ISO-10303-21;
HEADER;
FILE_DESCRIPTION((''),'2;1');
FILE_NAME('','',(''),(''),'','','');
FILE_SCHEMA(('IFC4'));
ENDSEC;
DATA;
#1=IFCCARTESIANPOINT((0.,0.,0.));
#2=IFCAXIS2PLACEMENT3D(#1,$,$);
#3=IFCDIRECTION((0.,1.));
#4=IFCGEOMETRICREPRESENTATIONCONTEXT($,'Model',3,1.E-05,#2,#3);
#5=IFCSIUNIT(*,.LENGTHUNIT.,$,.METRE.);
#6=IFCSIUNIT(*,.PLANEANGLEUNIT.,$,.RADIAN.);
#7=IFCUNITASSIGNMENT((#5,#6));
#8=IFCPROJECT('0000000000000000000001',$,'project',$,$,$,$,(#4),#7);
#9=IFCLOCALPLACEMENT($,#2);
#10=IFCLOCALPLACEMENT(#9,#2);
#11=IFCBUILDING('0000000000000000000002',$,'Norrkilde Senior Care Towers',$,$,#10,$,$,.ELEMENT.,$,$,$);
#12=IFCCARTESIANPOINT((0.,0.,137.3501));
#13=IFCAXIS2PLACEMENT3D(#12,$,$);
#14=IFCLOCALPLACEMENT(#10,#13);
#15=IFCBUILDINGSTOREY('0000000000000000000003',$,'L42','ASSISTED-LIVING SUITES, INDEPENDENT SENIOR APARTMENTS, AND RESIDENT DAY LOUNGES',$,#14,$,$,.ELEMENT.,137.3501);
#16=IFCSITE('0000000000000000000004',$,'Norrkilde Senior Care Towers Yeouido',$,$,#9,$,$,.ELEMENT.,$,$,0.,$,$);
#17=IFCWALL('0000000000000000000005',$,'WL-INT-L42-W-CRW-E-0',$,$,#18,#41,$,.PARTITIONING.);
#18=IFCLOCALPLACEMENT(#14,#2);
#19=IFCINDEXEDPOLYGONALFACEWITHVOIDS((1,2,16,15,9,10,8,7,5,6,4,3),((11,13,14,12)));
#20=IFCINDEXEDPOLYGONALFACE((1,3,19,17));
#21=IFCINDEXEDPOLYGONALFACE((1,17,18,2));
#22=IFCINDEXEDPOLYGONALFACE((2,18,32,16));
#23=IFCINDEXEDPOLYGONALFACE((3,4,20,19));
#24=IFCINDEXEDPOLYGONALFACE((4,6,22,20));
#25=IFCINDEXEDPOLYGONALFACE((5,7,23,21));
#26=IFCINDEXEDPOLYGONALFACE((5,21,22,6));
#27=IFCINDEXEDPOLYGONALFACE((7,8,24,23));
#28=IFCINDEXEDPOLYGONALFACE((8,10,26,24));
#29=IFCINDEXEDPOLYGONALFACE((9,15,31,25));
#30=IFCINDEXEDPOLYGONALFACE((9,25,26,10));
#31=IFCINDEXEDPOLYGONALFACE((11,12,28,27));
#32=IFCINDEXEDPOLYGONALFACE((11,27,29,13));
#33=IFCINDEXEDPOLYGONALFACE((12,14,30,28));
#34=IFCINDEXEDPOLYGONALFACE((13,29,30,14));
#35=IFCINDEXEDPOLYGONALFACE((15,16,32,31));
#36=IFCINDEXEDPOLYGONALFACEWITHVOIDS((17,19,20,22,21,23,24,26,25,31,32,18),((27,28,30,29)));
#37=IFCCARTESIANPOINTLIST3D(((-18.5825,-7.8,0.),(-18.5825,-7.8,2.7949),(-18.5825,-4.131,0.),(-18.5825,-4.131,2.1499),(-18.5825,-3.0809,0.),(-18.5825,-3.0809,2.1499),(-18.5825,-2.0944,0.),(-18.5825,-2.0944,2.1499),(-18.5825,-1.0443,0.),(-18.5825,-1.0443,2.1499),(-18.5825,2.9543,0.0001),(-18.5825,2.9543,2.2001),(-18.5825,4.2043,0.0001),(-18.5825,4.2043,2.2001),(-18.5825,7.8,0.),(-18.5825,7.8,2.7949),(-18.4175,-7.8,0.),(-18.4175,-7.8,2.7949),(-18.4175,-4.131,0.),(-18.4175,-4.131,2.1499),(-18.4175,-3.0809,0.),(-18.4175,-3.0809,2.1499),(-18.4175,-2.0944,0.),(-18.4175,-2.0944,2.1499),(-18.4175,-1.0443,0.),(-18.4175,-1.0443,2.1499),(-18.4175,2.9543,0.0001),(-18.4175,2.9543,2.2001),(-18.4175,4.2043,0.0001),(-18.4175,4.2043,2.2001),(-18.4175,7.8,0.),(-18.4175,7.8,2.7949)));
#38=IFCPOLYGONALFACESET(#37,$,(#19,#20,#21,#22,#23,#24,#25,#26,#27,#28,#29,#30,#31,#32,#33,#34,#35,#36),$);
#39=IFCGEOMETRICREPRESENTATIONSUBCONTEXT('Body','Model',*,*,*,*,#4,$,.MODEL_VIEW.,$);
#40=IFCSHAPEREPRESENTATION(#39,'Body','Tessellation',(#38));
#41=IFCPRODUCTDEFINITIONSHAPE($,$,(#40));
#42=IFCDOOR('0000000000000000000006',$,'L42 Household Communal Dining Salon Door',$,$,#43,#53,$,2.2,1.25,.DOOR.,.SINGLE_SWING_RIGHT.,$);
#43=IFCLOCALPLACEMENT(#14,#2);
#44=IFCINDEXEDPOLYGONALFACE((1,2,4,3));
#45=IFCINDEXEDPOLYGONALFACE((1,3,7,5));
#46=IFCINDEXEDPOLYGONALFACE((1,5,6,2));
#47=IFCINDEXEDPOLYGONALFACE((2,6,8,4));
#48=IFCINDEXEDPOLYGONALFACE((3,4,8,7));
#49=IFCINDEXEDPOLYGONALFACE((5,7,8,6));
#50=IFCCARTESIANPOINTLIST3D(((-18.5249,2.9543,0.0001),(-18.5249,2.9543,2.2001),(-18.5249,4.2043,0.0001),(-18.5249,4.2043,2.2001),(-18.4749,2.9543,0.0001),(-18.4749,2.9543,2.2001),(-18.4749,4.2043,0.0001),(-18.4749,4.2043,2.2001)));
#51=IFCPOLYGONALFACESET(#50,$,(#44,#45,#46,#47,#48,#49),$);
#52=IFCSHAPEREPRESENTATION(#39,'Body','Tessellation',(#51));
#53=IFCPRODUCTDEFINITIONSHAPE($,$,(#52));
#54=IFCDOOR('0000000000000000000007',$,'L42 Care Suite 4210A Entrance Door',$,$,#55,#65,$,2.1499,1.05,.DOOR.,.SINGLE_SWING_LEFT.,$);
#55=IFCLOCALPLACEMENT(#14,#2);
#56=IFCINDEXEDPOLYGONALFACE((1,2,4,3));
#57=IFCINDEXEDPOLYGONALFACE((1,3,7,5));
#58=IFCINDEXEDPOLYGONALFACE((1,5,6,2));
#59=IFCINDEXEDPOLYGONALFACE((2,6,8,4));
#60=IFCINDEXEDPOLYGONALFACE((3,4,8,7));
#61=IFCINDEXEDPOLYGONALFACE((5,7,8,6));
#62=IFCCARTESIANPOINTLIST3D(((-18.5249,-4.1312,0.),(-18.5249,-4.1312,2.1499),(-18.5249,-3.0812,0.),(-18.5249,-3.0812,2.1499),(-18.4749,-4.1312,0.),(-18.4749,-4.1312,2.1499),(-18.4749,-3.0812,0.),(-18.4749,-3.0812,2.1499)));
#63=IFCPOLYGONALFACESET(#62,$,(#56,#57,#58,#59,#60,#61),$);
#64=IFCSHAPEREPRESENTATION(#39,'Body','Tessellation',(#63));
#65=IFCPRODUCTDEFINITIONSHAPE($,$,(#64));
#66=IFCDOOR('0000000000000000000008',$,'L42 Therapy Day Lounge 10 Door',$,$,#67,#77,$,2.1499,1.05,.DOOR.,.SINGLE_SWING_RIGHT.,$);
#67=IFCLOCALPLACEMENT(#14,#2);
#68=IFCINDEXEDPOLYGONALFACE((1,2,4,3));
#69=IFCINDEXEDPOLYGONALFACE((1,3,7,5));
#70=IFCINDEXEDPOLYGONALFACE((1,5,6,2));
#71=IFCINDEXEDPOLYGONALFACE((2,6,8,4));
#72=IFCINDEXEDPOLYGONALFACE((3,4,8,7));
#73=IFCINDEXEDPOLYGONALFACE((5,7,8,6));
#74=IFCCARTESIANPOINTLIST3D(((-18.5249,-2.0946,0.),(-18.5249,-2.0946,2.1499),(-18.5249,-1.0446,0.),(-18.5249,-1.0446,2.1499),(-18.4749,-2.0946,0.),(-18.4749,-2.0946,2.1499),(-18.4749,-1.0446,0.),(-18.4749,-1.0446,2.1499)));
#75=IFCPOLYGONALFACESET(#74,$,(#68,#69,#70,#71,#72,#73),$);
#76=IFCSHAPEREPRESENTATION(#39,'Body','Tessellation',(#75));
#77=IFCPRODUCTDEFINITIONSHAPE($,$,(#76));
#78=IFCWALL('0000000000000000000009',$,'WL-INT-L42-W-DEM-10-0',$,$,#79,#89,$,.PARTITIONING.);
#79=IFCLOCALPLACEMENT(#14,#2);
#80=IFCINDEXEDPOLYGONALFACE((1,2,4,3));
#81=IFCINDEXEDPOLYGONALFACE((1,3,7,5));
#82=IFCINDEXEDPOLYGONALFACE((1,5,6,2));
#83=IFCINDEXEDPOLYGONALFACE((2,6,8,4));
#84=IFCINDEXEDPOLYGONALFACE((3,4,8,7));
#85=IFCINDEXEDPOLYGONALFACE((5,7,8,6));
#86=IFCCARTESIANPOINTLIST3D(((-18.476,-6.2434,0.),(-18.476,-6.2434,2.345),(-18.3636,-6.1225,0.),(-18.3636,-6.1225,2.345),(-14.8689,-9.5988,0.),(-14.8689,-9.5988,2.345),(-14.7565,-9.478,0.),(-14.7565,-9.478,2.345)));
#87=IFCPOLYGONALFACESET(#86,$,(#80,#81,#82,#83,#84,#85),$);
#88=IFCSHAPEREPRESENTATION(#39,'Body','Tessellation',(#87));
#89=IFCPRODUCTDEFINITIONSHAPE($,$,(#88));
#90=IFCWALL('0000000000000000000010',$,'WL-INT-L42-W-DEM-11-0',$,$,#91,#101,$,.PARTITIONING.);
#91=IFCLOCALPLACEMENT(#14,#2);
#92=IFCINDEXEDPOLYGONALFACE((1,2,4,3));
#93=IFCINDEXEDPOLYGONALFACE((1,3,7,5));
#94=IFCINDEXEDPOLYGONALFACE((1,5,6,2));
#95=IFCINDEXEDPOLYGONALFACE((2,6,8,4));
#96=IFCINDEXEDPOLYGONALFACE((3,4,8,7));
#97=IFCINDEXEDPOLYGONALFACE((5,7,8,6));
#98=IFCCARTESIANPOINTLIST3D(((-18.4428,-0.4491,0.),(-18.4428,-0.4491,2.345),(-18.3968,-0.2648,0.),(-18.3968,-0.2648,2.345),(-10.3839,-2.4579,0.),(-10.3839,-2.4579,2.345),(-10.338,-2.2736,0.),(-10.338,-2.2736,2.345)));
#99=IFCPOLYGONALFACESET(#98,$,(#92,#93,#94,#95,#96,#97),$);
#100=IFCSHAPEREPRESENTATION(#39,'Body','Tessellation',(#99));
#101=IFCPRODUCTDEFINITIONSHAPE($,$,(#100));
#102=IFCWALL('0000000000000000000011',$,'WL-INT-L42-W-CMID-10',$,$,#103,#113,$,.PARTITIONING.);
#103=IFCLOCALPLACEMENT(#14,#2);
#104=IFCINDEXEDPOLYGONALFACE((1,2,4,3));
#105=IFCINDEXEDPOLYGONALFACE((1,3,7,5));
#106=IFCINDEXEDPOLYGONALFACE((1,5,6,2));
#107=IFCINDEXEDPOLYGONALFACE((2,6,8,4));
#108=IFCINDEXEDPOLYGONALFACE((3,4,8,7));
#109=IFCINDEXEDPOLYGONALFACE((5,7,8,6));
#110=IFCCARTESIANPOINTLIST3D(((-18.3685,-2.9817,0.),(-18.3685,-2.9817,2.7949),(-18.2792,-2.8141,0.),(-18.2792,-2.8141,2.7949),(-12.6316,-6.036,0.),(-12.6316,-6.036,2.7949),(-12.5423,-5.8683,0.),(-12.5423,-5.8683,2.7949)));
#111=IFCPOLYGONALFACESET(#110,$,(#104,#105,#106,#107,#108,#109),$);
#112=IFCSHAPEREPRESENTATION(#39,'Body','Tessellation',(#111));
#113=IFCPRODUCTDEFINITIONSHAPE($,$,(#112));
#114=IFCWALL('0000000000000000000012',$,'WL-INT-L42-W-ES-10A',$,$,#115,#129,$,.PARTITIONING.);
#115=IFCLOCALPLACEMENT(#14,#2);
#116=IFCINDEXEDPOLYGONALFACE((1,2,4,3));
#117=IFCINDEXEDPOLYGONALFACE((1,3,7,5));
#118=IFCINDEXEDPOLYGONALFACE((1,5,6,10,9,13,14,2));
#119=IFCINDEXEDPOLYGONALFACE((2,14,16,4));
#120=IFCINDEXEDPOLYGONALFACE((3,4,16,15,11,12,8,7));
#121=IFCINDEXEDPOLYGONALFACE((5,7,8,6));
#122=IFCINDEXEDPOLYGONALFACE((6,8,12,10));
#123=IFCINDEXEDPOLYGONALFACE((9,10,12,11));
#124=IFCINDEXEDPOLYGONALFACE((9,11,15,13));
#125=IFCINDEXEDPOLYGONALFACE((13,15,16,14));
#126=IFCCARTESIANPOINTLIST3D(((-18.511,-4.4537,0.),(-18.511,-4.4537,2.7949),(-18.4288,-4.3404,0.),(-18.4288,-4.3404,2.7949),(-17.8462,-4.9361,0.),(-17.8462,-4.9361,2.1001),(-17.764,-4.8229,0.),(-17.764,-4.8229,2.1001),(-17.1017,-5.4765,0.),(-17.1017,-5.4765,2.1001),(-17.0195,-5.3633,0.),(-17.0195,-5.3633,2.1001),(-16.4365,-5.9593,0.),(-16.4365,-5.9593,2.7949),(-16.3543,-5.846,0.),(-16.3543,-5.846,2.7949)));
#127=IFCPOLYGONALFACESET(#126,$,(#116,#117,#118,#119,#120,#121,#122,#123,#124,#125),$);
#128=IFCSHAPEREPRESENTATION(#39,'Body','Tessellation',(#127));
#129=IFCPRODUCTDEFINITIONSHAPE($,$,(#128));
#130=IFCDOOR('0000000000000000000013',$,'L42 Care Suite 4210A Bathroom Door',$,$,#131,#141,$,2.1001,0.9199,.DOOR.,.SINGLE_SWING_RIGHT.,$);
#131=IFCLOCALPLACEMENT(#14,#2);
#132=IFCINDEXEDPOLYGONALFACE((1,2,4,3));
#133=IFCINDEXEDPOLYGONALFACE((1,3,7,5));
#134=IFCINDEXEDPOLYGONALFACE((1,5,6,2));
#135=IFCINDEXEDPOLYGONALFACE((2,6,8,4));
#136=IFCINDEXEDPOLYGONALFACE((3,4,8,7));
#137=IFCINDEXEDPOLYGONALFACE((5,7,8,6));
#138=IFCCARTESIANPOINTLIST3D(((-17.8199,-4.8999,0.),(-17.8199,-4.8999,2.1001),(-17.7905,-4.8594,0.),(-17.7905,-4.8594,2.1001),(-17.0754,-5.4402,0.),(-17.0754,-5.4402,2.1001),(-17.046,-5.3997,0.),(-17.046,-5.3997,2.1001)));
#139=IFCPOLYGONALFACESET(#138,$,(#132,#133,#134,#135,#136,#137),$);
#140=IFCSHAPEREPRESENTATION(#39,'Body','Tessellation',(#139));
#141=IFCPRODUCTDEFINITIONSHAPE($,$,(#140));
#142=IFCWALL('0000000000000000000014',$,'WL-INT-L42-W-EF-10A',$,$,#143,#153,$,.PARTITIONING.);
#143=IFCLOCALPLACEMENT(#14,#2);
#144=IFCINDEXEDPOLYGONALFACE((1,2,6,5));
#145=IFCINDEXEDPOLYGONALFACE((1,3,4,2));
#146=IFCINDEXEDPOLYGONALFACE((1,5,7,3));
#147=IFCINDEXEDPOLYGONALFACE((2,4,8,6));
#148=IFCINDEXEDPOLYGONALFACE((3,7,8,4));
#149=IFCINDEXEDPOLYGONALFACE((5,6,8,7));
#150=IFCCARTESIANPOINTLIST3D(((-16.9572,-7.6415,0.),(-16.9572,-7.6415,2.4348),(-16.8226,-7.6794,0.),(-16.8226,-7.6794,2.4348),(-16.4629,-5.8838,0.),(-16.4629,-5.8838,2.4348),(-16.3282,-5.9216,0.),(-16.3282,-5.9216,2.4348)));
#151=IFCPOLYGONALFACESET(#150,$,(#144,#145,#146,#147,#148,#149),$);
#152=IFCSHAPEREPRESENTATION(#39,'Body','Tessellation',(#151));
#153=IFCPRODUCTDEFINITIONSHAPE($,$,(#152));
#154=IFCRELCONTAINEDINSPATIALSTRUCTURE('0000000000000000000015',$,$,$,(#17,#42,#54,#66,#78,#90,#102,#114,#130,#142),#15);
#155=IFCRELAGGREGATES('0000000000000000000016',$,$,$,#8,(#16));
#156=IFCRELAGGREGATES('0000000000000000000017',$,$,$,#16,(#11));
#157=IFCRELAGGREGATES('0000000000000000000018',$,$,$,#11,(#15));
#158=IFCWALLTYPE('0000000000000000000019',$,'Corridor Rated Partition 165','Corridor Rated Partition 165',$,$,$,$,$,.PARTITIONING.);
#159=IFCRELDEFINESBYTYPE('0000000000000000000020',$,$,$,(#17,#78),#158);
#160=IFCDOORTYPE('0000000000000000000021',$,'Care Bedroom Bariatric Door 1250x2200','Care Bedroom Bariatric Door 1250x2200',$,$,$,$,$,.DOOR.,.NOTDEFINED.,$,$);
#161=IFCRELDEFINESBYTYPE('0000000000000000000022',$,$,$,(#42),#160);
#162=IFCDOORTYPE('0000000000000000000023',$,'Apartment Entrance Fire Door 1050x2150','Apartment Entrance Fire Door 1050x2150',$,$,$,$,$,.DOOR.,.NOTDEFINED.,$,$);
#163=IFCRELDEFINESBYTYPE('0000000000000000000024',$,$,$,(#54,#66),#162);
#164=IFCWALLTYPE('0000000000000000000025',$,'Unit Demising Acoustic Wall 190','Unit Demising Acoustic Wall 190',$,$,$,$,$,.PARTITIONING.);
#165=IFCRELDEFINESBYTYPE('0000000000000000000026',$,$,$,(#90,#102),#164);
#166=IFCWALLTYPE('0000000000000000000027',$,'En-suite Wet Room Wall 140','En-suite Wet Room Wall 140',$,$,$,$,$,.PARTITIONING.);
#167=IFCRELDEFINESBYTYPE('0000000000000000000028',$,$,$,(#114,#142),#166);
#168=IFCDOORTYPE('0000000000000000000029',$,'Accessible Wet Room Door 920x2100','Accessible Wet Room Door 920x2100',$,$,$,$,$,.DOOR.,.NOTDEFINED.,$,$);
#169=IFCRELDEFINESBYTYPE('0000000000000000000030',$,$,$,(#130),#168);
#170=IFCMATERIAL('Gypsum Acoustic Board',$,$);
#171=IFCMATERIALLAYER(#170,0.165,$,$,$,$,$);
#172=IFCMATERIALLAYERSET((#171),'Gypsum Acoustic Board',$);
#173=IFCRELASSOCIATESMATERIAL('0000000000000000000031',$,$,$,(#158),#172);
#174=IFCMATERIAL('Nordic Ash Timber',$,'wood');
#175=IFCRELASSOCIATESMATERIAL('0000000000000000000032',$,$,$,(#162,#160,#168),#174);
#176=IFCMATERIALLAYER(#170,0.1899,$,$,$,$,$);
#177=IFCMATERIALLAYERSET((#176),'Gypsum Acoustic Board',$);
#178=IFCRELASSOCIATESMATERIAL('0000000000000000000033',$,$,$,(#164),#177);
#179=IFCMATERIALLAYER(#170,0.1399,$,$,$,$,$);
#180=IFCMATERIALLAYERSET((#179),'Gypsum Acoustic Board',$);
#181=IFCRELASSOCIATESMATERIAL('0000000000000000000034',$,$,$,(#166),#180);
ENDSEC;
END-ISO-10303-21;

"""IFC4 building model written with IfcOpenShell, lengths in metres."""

from ifc_helpers import new_model, si_unit, direction, frame, frame_2d, origin, place, context, subcontext, project, spatial, rectangle, extrude, source, transform, mapped, material, layer, layer_set, type_object, type_shapes, element, fill, save


model = new_model("IFC4")

# Units and contexts
model_context = context("Model", 3, precision=1e-05, world=origin(), true_north=direction((0.0, 1.0)))
body_context = subcontext(model_context, "Body", "Model", "MODEL_VIEW")
ifc_project = project(units=[si_unit("LENGTHUNIT", "METRE"), si_unit("PLANEANGLEUNIT", "RADIAN")], contexts=[model_context])

# Site, building, storey
site_placement = place(None, origin())
site = spatial("IfcSite", under=ifc_project, at=site_placement, Name="Norrkilde Senior Care Towers Yeouido", CompositionType="ELEMENT", RefElevation=0.0)
building_placement = place(site_placement, origin())
building = spatial("IfcBuilding", under=site, at=building_placement, Name="Norrkilde Senior Care Towers", CompositionType="ELEMENT")
storey_placement = place(building_placement, frame((0.0, 0.0, 137.3501)))
storey = spatial("IfcBuildingStorey", under=building, at=storey_placement, Name="L42", Description="ASSISTED-LIVING SUITES, INDEPENDENT SENIOR APARTMENTS, AND RESIDENT DAY LOUNGES", CompositionType="ELEMENT", Elevation=137.3501)

# Shared definitions
ifc_material_1 = material(Name="Gypsum Acoustic Board")
ifc_layer_1 = layer(ifc_material_1, 0.165)
ifc_layer_set_1 = layer_set([ifc_layer_1], Name="Gypsum Acoustic Board")
wall_type_1 = type_object("IfcWallType", Name="Corridor Rated Partition 165", Description="Corridor Rated Partition 165", PredefinedType="PARTITIONING", material=ifc_layer_set_1)
ifc_material_2 = material(Name="Nordic Ash Timber", Category="wood")
door_type_1 = type_object("IfcDoorType", Name="Apartment Entrance Fire Door 1050x2150", Description="Apartment Entrance Fire Door 1050x2150", OperationType="NOTDEFINED", PredefinedType="DOOR", material=ifc_material_2)
shared_shape_1 = source(origin(), body_context, "Body", "SweptSolid", [
    extrude(rectangle(XDim=1.05, YDim=2.1499, at=frame_2d((0.5249, 1.075))), frame((0.0, 0.0249, 0.0), z_axis=(0.0, -1.0, 0.0), x_axis=(1.0, 0.0, 0.0)), (0.0, 0.0, 1.0), 0.05),
])
type_shapes(door_type_1, [shared_shape_1])

# Wall, openings, doors
shared_shape_2 = source(origin(), body_context, "Body", "SweptSolid", [
    extrude(rectangle(XDim=15.6001, YDim=0.165, at=frame_2d((7.8, 0.0))), origin(), (0.0, 0.0, 1.0), 2.7949),
])
wall_1_placement = place(storey_placement, frame((-18.5, 7.8, 0.0), z_axis=(0.0, 0.0, 1.0), x_axis=(0.0, -1.0, 0.0)))
wall_1 = element("IfcWall", 1, at=wall_1_placement, inside=storey, type_object=wall_type_1, Name="WL-INT-L42-W-CRW-E-0", PredefinedType="PARTITIONING", context=body_context, shape_type="MappedRepresentation", body=[
    mapped(shared_shape_2, transform((0.0, 0.0, 0.0), x_axis=(1.0, 0.0, 0.0), y_axis=(0.0, 1.0, 0.0), z_axis=(0.0, 0.0, 1.0), scale=1.0)),
])
opening_1_placement = place(wall_1_placement, frame((10.8811, 0.0, 0.0)))
opening_1 = element("IfcOpeningElement", 2, at=opening_1_placement, cuts=wall_1, PredefinedType="OPENING", context=body_context, shape_type="SweptSolid", body=[
    extrude(rectangle(XDim=1.05, YDim=2.1499, at=frame_2d((0.5249, 1.075))), frame((0.0, 0.0925, 0.0), z_axis=(0.0, -1.0, 0.0), x_axis=(1.0, 0.0, 0.0)), (0.0, 0.0, 1.0), 0.1851),
])
opening_2_placement = place(wall_1_placement, frame((8.8445, 0.0, 0.0)))
opening_2 = element("IfcOpeningElement", 3, at=opening_2_placement, cuts=wall_1, PredefinedType="OPENING", context=body_context, shape_type="SweptSolid", body=[
    extrude(rectangle(XDim=1.05, YDim=2.1499, at=frame_2d((0.5249, 1.075))), frame((0.0, 0.0925, 0.0), z_axis=(0.0, -1.0, 0.0), x_axis=(1.0, 0.0, 0.0)), (0.0, 0.0, 1.0), 0.1851),
])
opening_3_placement = place(wall_1_placement, frame((3.5957, 0.0, 0.0)))
opening_3 = element("IfcOpeningElement", 4, at=opening_3_placement, cuts=wall_1, PredefinedType="OPENING", context=body_context, shape_type="SweptSolid", body=[
    extrude(rectangle(XDim=1.25, YDim=2.2, at=frame_2d((0.625, 1.1001))), frame((0.0, 0.0925, 0.0), z_axis=(0.0, -1.0, 0.0), x_axis=(1.0, 0.0, 0.0)), (0.0, 0.0, 1.0), 0.1851),
])
door_type_2 = type_object("IfcDoorType", Name="Care Bedroom Bariatric Door 1250x2200", Description="Care Bedroom Bariatric Door 1250x2200", OperationType="NOTDEFINED", PredefinedType="DOOR", material=ifc_material_2)
shared_shape_3 = source(origin(), body_context, "Body", "SweptSolid", [
    extrude(rectangle(XDim=1.25, YDim=2.2, at=frame_2d((0.625, 1.1001))), frame((0.0, 0.0249, 0.0), z_axis=(0.0, -1.0, 0.0), x_axis=(1.0, 0.0, 0.0)), (0.0, 0.0, 1.0), 0.05),
])
type_shapes(door_type_2, [shared_shape_3])
door_1_placement = place(opening_3_placement, frame((1.25, 0.0, 0.0), z_axis=(0.0, 0.0, 1.0), x_axis=(-1.0, 0.0, 0.0)))
door_1 = element("IfcDoor", 5, at=door_1_placement, inside=storey, type_object=door_type_2, Name="L42 Household Communal Dining Salon Door", OperationType="SINGLE_SWING_RIGHT", OverallHeight=2.2, OverallWidth=1.25, PredefinedType="DOOR", context=body_context, shape_type="MappedRepresentation", body=[
    mapped(shared_shape_3, transform((0.0, 0.0, 0.0), x_axis=(1.0, 0.0, 0.0), y_axis=(0.0, 1.0, 0.0), z_axis=(0.0, 0.0, 1.0), scale=1.0)),
])
fill(opening_3, door_1)
door_2_placement = place(opening_1_placement, frame((1.05, 0.0, 0.0), z_axis=(0.0, 0.0, 1.0), x_axis=(-1.0, 0.0, 0.0)))
door_2 = element("IfcDoor", 6, at=door_2_placement, inside=storey, type_object=door_type_1, Name="L42 Care Suite 4210A Entrance Door", OperationType="SINGLE_SWING_LEFT", OverallHeight=2.1499, OverallWidth=1.05, PredefinedType="DOOR", context=body_context, shape_type="MappedRepresentation", body=[
    mapped(shared_shape_1, transform((0.0, 0.0, 0.0), x_axis=(1.0, 0.0, 0.0), y_axis=(0.0, 1.0, 0.0), z_axis=(0.0, 0.0, 1.0), scale=1.0)),
])
fill(opening_1, door_2)
door_3_placement = place(opening_2_placement, frame((1.05, 0.0, 0.0), z_axis=(0.0, 0.0, 1.0), x_axis=(-1.0, 0.0, 0.0)))
door_3 = element("IfcDoor", 7, at=door_3_placement, inside=storey, type_object=door_type_1, Name="L42 Therapy Day Lounge 10 Door", OperationType="SINGLE_SWING_RIGHT", OverallHeight=2.1499, OverallWidth=1.05, PredefinedType="DOOR", context=body_context, shape_type="MappedRepresentation", body=[
    mapped(shared_shape_1, transform((0.0, 0.0, 0.0), x_axis=(1.0, 0.0, 0.0), y_axis=(0.0, 1.0, 0.0), z_axis=(0.0, 0.0, 1.0), scale=1.0)),
])
fill(opening_2, door_3)

# Walls
shared_shape_4 = source(origin(), body_context, "Body", "SweptSolid", [
    extrude(rectangle(XDim=4.9265, YDim=0.165, at=frame_2d((2.4634, 0.0))), origin(), (0.0, 0.0, 1.0), 2.345),
])
wall_2_placement = place(storey_placement, frame((-18.4199, -6.1829, 0.0), z_axis=(0.0, 0.0, 1.0), x_axis=(0.732191, -0.681099, 0.0)))
element("IfcWall", 8, at=wall_2_placement, inside=storey, type_object=wall_type_1, Name="WL-INT-L42-W-DEM-10-0", PredefinedType="PARTITIONING", context=body_context, shape_type="MappedRepresentation", body=[
    mapped(shared_shape_4, transform((0.0, 0.0, 0.0), x_axis=(1.0, 0.0, 0.0), y_axis=(0.0, 1.0, 0.0), z_axis=(0.0, 0.0, 1.0), scale=1.0)),
])
ifc_layer_2 = layer(ifc_material_1, 0.1899)
ifc_layer_set_2 = layer_set([ifc_layer_2], Name="Gypsum Acoustic Board")
wall_type_2 = type_object("IfcWallType", Name="Unit Demising Acoustic Wall 190", Description="Unit Demising Acoustic Wall 190", PredefinedType="PARTITIONING", material=ifc_layer_set_2)
shared_shape_5 = source(origin(), body_context, "Body", "SweptSolid", [
    extrude(rectangle(XDim=8.3054, YDim=0.1899, at=frame_2d((4.1528, 0.0))), origin(), (0.0, 0.0, 1.0), 2.345),
])
wall_3_placement = place(storey_placement, frame((-18.4199, -0.3569, 0.0), z_axis=(0.0, 0.0, 1.0), x_axis=(0.97031, -0.241865, 0.0)))
element("IfcWall", 9, at=wall_3_placement, inside=storey, type_object=wall_type_2, Name="WL-INT-L42-W-DEM-11-0", PredefinedType="PARTITIONING", context=body_context, shape_type="MappedRepresentation", body=[
    mapped(shared_shape_5, transform((0.0, 0.0, 0.0), x_axis=(1.0, 0.0, 0.0), y_axis=(0.0, 1.0, 0.0), z_axis=(0.0, 0.0, 1.0), scale=1.0)),
])
shared_shape_6 = source(origin(), body_context, "Body", "SweptSolid", [
    extrude(rectangle(XDim=6.4993, YDim=0.1899, at=frame_2d((3.2495, 0.0))), origin(), (0.0, 0.0, 1.0), 2.7949),
])
type_shapes(wall_type_2, [shared_shape_5, shared_shape_6])
wall_4_placement = place(storey_placement, frame((-18.3237, -2.8979, 0.0), z_axis=(0.0, 0.0, 1.0), x_axis=(0.8827, -0.469937, 0.0)))
element("IfcWall", 10, at=wall_4_placement, inside=storey, type_object=wall_type_2, Name="WL-INT-L42-W-CMID-10", PredefinedType="PARTITIONING", context=body_context, shape_type="MappedRepresentation", body=[
    mapped(shared_shape_6, transform((0.0, 0.0, 0.0), x_axis=(1.0, 0.0, 0.0), y_axis=(0.0, 1.0, 0.0), z_axis=(0.0, 0.0, 1.0), scale=1.0)),
])

# Wall, opening, door
ifc_layer_3 = layer(ifc_material_1, 0.1399)
ifc_layer_set_3 = layer_set([ifc_layer_3], Name="Gypsum Acoustic Board")
wall_type_3 = type_object("IfcWallType", Name="En-suite Wet Room Wall 140", Description="En-suite Wet Room Wall 140", PredefinedType="PARTITIONING", material=ifc_layer_set_3)
shared_shape_7 = source(origin(), body_context, "Body", "SweptSolid", [
    extrude(rectangle(XDim=2.5632, YDim=0.1399, at=frame_2d((1.2817, 0.0))), origin(), (0.0, 0.0, 1.0), 2.7949),
])
wall_5_placement = place(storey_placement, frame((-18.47, -4.397, 0.0), z_axis=(0.0, 0.0, 1.0), x_axis=(0.809308, -0.587384, 0.0)))
wall_5 = element("IfcWall", 11, at=wall_5_placement, inside=storey, type_object=wall_type_3, Name="WL-INT-L42-W-ES-10A", PredefinedType="PARTITIONING", context=body_context, shape_type="MappedRepresentation", body=[
    mapped(shared_shape_7, transform((0.0, 0.0, 0.0), x_axis=(1.0, 0.0, 0.0), y_axis=(0.0, 1.0, 0.0), z_axis=(0.0, 0.0, 1.0), scale=1.0)),
])
opening_4_placement = place(wall_5_placement, frame((0.8215, 0.0, 0.0)))
opening_4 = element("IfcOpeningElement", 12, at=opening_4_placement, cuts=wall_5, PredefinedType="OPENING", context=body_context, shape_type="SweptSolid", body=[
    extrude(rectangle(XDim=0.9199, YDim=2.1001, at=frame_2d((0.46, 1.05))), frame((0.0, 0.0798, 0.0), z_axis=(0.0, -1.0, 0.0), x_axis=(1.0, 0.0, 0.0)), (0.0, 0.0, 1.0), 0.1599),
])
door_type_3 = type_object("IfcDoorType", Name="Accessible Wet Room Door 920x2100", Description="Accessible Wet Room Door 920x2100", OperationType="NOTDEFINED", PredefinedType="DOOR", material=ifc_material_2)
shared_shape_8 = source(origin(), body_context, "Body", "SweptSolid", [
    extrude(rectangle(XDim=0.9199, YDim=2.1001, at=frame_2d((0.46, 1.05))), frame((0.0, 0.0249, 0.0), z_axis=(0.0, -1.0, 0.0), x_axis=(1.0, 0.0, 0.0)), (0.0, 0.0, 1.0), 0.05),
])
type_shapes(door_type_3, [shared_shape_8])
door_4_placement = place(opening_4_placement, origin())
door_4 = element("IfcDoor", 13, at=door_4_placement, inside=storey, type_object=door_type_3, Name="L42 Care Suite 4210A Bathroom Door", OperationType="SINGLE_SWING_RIGHT", OverallHeight=2.1001, OverallWidth=0.9199, PredefinedType="DOOR", context=body_context, shape_type="MappedRepresentation", body=[
    mapped(shared_shape_8, transform((0.0, 0.0, 0.0), x_axis=(1.0, 0.0, 0.0), y_axis=(0.0, 1.0, 0.0), z_axis=(0.0, 0.0, 1.0), scale=1.0)),
])
fill(opening_4, door_4)

# Wall
shared_shape_9 = source(origin(), body_context, "Body", "SweptSolid", [
    extrude(rectangle(XDim=1.8259, YDim=0.1399, at=frame_2d((0.9131, 0.0))), origin(), (0.0, 0.0, 1.0), 2.4348),
])
type_shapes(wall_type_3, [shared_shape_7, shared_shape_9])
wall_6_placement = place(storey_placement, frame((-16.3955, -5.9026, 0.0), z_axis=(0.0, 0.0, 1.0), x_axis=(-0.270746, -0.962651, 0.0)))
element("IfcWall", 14, at=wall_6_placement, inside=storey, type_object=wall_type_3, Name="WL-INT-L42-W-EF-10A", PredefinedType="PARTITIONING", context=body_context, shape_type="MappedRepresentation", body=[
    mapped(shared_shape_9, transform((0.0, 0.0, 0.0), x_axis=(1.0, 0.0, 0.0), y_axis=(0.0, 1.0, 0.0), z_axis=(0.0, 0.0, 1.0), scale=1.0)),
])

save(model, "model.ifc")
